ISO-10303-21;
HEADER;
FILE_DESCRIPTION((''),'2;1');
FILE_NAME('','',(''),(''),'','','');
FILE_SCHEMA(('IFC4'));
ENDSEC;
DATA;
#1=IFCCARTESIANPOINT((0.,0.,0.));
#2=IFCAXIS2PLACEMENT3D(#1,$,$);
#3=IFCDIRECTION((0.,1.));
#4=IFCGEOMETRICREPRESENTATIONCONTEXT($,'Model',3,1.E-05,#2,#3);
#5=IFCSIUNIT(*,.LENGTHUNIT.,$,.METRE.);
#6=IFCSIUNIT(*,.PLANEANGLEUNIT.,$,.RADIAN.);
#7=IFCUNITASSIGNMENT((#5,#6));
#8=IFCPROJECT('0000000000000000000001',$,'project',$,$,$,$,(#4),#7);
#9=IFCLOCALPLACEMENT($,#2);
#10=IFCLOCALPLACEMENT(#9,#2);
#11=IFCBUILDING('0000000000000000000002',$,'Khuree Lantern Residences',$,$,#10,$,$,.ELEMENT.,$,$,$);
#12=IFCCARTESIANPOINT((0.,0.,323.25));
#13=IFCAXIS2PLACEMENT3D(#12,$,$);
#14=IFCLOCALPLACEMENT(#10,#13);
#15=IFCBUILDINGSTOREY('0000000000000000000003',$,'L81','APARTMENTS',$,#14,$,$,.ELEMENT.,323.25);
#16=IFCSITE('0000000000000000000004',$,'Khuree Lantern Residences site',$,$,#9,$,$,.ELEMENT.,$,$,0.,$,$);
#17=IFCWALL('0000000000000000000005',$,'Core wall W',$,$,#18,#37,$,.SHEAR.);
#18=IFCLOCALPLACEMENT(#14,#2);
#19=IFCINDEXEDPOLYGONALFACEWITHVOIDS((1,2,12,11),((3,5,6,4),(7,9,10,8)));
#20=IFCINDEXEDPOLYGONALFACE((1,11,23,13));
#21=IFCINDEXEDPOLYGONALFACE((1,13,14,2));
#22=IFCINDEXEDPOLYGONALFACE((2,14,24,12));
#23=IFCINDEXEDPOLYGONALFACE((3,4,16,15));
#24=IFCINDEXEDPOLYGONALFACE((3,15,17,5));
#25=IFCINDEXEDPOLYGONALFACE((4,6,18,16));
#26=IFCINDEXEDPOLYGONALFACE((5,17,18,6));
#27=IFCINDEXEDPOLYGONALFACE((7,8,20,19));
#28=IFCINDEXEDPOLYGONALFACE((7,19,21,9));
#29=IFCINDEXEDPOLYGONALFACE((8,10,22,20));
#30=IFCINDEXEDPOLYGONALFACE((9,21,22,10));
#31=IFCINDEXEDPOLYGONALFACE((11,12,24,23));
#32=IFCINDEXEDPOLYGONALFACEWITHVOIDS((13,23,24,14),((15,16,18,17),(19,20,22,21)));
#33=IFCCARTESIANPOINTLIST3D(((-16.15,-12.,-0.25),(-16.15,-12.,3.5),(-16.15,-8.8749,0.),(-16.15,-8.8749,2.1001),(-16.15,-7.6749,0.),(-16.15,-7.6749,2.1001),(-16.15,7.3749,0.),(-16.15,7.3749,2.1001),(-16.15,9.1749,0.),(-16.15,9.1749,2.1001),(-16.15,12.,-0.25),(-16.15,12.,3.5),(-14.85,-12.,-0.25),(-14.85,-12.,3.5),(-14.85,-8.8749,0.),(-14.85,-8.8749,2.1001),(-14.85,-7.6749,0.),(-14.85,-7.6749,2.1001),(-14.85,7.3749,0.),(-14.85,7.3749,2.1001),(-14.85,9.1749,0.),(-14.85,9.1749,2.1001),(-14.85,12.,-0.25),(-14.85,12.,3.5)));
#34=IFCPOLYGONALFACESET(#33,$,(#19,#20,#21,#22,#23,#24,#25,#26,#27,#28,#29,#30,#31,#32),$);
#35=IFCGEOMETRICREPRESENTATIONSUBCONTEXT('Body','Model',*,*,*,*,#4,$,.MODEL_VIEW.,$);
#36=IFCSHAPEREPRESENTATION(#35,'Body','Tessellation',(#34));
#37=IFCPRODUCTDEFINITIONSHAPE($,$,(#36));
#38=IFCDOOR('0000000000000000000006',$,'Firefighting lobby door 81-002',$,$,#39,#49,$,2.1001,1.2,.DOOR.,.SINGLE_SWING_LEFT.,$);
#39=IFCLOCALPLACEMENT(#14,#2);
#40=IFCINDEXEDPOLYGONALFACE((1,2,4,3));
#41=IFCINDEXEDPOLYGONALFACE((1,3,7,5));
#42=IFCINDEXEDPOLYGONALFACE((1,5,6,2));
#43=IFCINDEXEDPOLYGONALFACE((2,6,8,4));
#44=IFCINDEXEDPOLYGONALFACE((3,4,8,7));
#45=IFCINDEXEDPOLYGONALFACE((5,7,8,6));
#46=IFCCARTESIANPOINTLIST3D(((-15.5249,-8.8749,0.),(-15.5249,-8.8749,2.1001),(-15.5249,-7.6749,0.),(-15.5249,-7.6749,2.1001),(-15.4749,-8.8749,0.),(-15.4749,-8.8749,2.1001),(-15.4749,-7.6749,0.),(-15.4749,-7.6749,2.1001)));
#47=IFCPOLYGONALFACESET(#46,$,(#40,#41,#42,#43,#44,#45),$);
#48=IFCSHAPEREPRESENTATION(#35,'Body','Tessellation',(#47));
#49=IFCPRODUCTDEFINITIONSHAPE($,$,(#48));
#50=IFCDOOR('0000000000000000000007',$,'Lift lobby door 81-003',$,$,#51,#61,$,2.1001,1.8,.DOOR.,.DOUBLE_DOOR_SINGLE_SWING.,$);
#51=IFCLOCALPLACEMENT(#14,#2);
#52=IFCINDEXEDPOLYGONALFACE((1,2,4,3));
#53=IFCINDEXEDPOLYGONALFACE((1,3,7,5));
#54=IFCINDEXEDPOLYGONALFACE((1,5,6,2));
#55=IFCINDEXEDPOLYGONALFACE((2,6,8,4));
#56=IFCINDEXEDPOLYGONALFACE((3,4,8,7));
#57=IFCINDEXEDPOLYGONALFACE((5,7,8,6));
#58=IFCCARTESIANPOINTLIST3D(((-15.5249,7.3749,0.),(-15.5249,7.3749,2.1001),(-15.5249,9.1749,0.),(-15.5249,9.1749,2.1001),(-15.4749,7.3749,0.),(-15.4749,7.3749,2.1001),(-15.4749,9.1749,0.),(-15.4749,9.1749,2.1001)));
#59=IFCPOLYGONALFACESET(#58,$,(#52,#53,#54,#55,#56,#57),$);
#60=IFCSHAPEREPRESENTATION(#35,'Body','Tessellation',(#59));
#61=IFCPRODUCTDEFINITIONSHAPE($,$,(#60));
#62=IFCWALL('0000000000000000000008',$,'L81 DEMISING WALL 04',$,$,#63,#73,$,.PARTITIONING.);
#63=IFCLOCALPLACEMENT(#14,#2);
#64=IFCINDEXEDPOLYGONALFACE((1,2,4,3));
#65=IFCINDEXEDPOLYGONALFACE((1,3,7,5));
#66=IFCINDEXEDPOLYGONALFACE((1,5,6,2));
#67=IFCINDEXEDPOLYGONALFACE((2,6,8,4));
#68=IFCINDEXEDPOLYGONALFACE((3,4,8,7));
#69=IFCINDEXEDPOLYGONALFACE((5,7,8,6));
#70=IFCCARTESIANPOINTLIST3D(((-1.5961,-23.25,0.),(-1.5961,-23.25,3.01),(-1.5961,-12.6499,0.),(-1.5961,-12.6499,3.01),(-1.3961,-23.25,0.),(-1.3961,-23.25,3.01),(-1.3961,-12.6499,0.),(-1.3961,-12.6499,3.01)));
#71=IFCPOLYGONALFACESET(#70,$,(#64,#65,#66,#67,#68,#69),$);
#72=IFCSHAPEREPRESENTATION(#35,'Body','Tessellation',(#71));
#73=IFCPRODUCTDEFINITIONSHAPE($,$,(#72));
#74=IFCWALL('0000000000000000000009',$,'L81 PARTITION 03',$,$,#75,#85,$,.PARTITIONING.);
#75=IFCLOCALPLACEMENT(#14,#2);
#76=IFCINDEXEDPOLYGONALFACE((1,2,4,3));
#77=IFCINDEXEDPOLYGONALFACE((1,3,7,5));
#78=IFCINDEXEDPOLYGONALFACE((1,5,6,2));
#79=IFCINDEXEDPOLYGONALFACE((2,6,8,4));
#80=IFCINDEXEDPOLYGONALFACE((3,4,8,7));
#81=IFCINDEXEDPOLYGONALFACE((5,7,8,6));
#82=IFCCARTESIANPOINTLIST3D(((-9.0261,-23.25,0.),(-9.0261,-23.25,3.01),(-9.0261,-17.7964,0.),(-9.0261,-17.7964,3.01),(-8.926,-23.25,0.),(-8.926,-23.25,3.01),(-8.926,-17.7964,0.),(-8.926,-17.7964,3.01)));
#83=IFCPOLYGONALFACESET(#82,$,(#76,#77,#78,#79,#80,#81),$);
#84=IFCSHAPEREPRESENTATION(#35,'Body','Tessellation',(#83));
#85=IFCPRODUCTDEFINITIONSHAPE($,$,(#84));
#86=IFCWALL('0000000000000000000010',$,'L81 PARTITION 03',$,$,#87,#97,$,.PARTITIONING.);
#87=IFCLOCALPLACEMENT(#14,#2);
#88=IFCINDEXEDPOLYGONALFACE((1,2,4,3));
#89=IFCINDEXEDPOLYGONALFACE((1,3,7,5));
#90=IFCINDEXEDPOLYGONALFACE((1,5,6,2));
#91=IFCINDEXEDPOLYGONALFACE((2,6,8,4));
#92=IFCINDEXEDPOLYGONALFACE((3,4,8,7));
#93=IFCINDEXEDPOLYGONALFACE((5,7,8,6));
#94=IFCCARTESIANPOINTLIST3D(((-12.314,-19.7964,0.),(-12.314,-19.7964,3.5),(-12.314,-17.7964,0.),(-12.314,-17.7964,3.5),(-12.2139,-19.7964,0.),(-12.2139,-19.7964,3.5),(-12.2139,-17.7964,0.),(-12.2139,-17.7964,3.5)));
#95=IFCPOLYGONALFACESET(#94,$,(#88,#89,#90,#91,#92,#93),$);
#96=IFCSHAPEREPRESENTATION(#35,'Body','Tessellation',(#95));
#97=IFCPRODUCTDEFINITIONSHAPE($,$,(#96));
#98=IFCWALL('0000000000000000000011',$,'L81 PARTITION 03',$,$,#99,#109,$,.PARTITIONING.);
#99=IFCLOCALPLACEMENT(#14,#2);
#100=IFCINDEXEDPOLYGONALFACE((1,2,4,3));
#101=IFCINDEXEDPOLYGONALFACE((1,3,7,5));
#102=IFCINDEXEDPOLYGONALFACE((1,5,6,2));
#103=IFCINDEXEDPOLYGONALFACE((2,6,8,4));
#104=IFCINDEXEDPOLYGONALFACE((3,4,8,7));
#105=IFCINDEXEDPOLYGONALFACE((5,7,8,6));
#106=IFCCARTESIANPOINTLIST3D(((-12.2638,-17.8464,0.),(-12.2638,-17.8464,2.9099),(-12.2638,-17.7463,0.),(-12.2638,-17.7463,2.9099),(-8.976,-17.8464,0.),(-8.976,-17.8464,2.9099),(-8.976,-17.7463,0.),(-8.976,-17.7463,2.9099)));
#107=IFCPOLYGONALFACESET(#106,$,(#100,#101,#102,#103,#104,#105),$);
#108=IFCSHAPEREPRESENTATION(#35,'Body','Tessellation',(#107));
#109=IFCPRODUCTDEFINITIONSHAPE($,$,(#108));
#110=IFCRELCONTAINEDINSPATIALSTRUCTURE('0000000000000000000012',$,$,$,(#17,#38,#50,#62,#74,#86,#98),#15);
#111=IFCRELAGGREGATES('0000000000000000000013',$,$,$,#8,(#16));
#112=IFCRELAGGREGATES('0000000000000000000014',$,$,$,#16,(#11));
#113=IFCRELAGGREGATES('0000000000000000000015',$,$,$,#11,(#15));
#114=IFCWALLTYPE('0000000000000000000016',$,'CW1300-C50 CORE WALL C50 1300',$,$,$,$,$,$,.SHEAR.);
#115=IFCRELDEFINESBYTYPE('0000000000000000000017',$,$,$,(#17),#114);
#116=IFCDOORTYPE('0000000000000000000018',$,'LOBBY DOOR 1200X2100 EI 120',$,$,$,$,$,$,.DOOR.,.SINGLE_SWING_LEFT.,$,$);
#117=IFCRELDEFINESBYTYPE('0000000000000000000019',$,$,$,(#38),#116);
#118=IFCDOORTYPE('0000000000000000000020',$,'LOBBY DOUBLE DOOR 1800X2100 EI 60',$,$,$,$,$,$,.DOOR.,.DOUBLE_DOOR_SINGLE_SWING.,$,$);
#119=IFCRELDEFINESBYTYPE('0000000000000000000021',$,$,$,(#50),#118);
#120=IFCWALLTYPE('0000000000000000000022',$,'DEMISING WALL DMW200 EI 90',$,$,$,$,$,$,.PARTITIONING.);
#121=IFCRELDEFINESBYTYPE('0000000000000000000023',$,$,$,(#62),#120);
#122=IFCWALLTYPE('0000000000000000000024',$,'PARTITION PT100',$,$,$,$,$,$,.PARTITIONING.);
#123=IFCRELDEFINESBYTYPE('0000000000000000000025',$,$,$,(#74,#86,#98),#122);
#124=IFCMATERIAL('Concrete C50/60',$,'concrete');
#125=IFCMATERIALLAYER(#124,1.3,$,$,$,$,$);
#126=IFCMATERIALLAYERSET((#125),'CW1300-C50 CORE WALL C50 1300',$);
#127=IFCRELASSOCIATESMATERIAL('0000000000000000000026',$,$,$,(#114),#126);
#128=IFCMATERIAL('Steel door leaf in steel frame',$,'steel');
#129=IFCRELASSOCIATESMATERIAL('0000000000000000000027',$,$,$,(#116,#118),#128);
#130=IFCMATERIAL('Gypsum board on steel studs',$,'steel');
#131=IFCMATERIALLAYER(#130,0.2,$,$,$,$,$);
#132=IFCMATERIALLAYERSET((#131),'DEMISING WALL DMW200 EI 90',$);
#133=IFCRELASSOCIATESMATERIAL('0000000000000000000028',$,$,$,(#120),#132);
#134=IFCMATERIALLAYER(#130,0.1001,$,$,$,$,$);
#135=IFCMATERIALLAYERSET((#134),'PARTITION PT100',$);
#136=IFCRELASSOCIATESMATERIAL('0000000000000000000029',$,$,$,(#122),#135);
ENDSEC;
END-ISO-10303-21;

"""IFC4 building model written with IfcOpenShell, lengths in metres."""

from ifc_helpers import new_model, si_unit, direction, frame, frame_2d, origin, place, context, subcontext, project, spatial, rectangle, extrude, material, layer, layer_set, type_object, element, fill, save


model = new_model("IFC4")

# Units and contexts
model_context = context("Model", 3, precision=1e-05, world=origin(), true_north=direction((0.0, 1.0)))
body_context = subcontext(model_context, "Body", "Model", "MODEL_VIEW")
ifc_project = project(units=[si_unit("LENGTHUNIT", "METRE"), si_unit("PLANEANGLEUNIT", "RADIAN")], contexts=[model_context])

# Site, building, storey
site_placement = place(None, origin())
site = spatial("IfcSite", under=ifc_project, at=site_placement, Name="Khuree Lantern Residences site", CompositionType="ELEMENT", RefElevation=0.0)
building_placement = place(site_placement, origin())
building = spatial("IfcBuilding", under=site, at=building_placement, Name="Khuree Lantern Residences", CompositionType="ELEMENT")
storey_placement = place(building_placement, frame((0.0, 0.0, 323.25)))
storey = spatial("IfcBuildingStorey", under=building, at=storey_placement, Name="L81", Description="APARTMENTS", CompositionType="ELEMENT", Elevation=323.25)

# Wall, openings, doors
ifc_material_1 = material(Name="Concrete C50/60", Category="concrete")
ifc_layer_1 = layer(ifc_material_1, 1.3)
ifc_layer_set_1 = layer_set([ifc_layer_1], Name="CW1300-C50 CORE WALL C50 1300")
wall_type_1 = type_object("IfcWallType", Name="CW1300-C50 CORE WALL C50 1300", PredefinedType="SHEAR", material=ifc_layer_set_1)
wall_1_placement = place(storey_placement, frame((-15.5, -12.0, -0.25), z_axis=(0.0, 0.0, 1.0), x_axis=(0.0, 1.0, 0.0)))
wall_1 = element("IfcWall", 1, at=wall_1_placement, inside=storey, type_object=wall_type_1, Name="Core wall W", PredefinedType="SHEAR", context=body_context, shape_type="SweptSolid", body=[
    extrude(rectangle(XDim=24.0, YDim=1.3, at=frame_2d((12.0, 0.0))), origin(), (0.0, 0.0, 1.0), 3.75),
])
opening_1_placement = place(wall_1_placement, frame((3.125, 0.0, 0.25)))
opening_1 = element("IfcOpeningElement", 2, at=opening_1_placement, cuts=wall_1, PredefinedType="OPENING", context=body_context, shape_type="SweptSolid", body=[
    extrude(rectangle(XDim=1.2, YDim=2.1001, at=frame_2d((0.6001, 1.05))), frame((0.0, 0.6602, 0.0), z_axis=(0.0, -1.0, 0.0), x_axis=(1.0, 0.0, 0.0)), (0.0, 0.0, 1.0), 1.3201),
])
opening_2_placement = place(wall_1_placement, frame((19.375, 0.0, 0.25)))
opening_2 = element("IfcOpeningElement", 3, at=opening_2_placement, cuts=wall_1, PredefinedType="OPENING", context=body_context, shape_type="SweptSolid", body=[
    extrude(rectangle(XDim=1.8, YDim=2.1001, at=frame_2d((0.8999, 1.05))), frame((0.0, 0.6602, 0.0), z_axis=(0.0, -1.0, 0.0), x_axis=(1.0, 0.0, 0.0)), (0.0, 0.0, 1.0), 1.3201),
])
ifc_material_2 = material(Name="Steel door leaf in steel frame", Category="steel")
door_type_1 = type_object("IfcDoorType", Name="LOBBY DOOR 1200X2100 EI 120", OperationType="SINGLE_SWING_LEFT", PredefinedType="DOOR", material=ifc_material_2)
door_1_placement = place(opening_1_placement, origin())
door_1 = element("IfcDoor", 4, at=door_1_placement, inside=storey, type_object=door_type_1, Name="Firefighting lobby door 81-002", OperationType="SINGLE_SWING_LEFT", OverallHeight=2.1001, OverallWidth=1.2, PredefinedType="DOOR", context=body_context, shape_type="SweptSolid", body=[
    extrude(rectangle(XDim=1.2, YDim=2.1001, at=frame_2d((0.6001, 1.05))), frame((0.0, 0.0249, 0.0), z_axis=(0.0, -1.0, 0.0), x_axis=(1.0, 0.0, 0.0)), (0.0, 0.0, 1.0), 0.05),
])
fill(opening_1, door_1)
door_type_2 = type_object("IfcDoorType", Name="LOBBY DOUBLE DOOR 1800X2100 EI 60", OperationType="DOUBLE_DOOR_SINGLE_SWING", PredefinedType="DOOR", material=ifc_material_2)
door_2_placement = place(opening_2_placement, origin())
door_2 = element("IfcDoor", 5, at=door_2_placement, inside=storey, type_object=door_type_2, Name="Lift lobby door 81-003", OperationType="DOUBLE_DOOR_SINGLE_SWING", OverallHeight=2.1001, OverallWidth=1.8, PredefinedType="DOOR", context=body_context, shape_type="SweptSolid", body=[
    extrude(rectangle(XDim=1.8, YDim=2.1001, at=frame_2d((0.8999, 1.05))), frame((0.0, 0.0249, 0.0), z_axis=(0.0, -1.0, 0.0), x_axis=(1.0, 0.0, 0.0)), (0.0, 0.0, 1.0), 0.05),
])
fill(opening_2, door_2)

# Walls
ifc_material_3 = material(Name="Gypsum board on steel studs", Category="steel")
ifc_layer_2 = layer(ifc_material_3, 0.2)
ifc_layer_set_2 = layer_set([ifc_layer_2], Name="DEMISING WALL DMW200 EI 90")
wall_type_2 = type_object("IfcWallType", Name="DEMISING WALL DMW200 EI 90", PredefinedType="PARTITIONING", material=ifc_layer_set_2)
wall_2_placement = place(storey_placement, frame((-1.4961, -12.6499, 0.0), z_axis=(0.0, 0.0, 1.0), x_axis=(0.0, -1.0, 0.0)))
element("IfcWall", 6, at=wall_2_placement, inside=storey, type_object=wall_type_2, Name="L81 DEMISING WALL 04", PredefinedType="PARTITIONING", context=body_context, shape_type="SweptSolid", body=[
    extrude(rectangle(XDim=10.6001, YDim=0.2, at=frame_2d((5.3, 0.0))), origin(), (0.0, 0.0, 1.0), 3.01),
])
ifc_layer_3 = layer(ifc_material_3, 0.1001)
ifc_layer_set_3 = layer_set([ifc_layer_3], Name="PARTITION PT100")
wall_type_3 = type_object("IfcWallType", Name="PARTITION PT100", PredefinedType="PARTITIONING", material=ifc_layer_set_3)
wall_3_placement = place(storey_placement, frame((-8.9761, -17.7964, 0.0), z_axis=(0.0, 0.0, 1.0), x_axis=(0.0, -1.0, 0.0)))
element("IfcWall", 7, at=wall_3_placement, inside=storey, type_object=wall_type_3, Name="L81 PARTITION 03", PredefinedType="PARTITIONING", context=body_context, shape_type="SweptSolid", body=[
    extrude(rectangle(XDim=5.4536, YDim=0.1001, at=frame_2d((2.7268, 0.0))), origin(), (0.0, 0.0, 1.0), 3.01),
])
wall_4_placement = place(storey_placement, frame((-12.2639, -17.7964, 0.0), z_axis=(0.0, 0.0, 1.0), x_axis=(0.0, -1.0, 0.0)))
element("IfcWall", 8, at=wall_4_placement, inside=storey, type_object=wall_type_3, Name="L81 PARTITION 03", PredefinedType="PARTITIONING", context=body_context, shape_type="SweptSolid", body=[
    extrude(rectangle(XDim=2.0, YDim=0.1001, at=frame_2d((1.0, 0.0))), origin(), (0.0, 0.0, 1.0), 3.5),
])
wall_5_placement = place(storey_placement, frame((-12.2639, -17.7964, 0.0), z_axis=(0.0, 0.0, 1.0), x_axis=(1.0, 0.0, 0.0)))
element("IfcWall", 9, at=wall_5_placement, inside=storey, type_object=wall_type_3, Name="L81 PARTITION 03", PredefinedType="PARTITIONING", context=body_context, shape_type="SweptSolid", body=[
    extrude(rectangle(XDim=3.2878, YDim=0.1001, at=frame_2d((1.644, 0.0))), origin(), (0.0, 0.0, 1.0), 2.9099),
])

save(model, "model.ifc")
